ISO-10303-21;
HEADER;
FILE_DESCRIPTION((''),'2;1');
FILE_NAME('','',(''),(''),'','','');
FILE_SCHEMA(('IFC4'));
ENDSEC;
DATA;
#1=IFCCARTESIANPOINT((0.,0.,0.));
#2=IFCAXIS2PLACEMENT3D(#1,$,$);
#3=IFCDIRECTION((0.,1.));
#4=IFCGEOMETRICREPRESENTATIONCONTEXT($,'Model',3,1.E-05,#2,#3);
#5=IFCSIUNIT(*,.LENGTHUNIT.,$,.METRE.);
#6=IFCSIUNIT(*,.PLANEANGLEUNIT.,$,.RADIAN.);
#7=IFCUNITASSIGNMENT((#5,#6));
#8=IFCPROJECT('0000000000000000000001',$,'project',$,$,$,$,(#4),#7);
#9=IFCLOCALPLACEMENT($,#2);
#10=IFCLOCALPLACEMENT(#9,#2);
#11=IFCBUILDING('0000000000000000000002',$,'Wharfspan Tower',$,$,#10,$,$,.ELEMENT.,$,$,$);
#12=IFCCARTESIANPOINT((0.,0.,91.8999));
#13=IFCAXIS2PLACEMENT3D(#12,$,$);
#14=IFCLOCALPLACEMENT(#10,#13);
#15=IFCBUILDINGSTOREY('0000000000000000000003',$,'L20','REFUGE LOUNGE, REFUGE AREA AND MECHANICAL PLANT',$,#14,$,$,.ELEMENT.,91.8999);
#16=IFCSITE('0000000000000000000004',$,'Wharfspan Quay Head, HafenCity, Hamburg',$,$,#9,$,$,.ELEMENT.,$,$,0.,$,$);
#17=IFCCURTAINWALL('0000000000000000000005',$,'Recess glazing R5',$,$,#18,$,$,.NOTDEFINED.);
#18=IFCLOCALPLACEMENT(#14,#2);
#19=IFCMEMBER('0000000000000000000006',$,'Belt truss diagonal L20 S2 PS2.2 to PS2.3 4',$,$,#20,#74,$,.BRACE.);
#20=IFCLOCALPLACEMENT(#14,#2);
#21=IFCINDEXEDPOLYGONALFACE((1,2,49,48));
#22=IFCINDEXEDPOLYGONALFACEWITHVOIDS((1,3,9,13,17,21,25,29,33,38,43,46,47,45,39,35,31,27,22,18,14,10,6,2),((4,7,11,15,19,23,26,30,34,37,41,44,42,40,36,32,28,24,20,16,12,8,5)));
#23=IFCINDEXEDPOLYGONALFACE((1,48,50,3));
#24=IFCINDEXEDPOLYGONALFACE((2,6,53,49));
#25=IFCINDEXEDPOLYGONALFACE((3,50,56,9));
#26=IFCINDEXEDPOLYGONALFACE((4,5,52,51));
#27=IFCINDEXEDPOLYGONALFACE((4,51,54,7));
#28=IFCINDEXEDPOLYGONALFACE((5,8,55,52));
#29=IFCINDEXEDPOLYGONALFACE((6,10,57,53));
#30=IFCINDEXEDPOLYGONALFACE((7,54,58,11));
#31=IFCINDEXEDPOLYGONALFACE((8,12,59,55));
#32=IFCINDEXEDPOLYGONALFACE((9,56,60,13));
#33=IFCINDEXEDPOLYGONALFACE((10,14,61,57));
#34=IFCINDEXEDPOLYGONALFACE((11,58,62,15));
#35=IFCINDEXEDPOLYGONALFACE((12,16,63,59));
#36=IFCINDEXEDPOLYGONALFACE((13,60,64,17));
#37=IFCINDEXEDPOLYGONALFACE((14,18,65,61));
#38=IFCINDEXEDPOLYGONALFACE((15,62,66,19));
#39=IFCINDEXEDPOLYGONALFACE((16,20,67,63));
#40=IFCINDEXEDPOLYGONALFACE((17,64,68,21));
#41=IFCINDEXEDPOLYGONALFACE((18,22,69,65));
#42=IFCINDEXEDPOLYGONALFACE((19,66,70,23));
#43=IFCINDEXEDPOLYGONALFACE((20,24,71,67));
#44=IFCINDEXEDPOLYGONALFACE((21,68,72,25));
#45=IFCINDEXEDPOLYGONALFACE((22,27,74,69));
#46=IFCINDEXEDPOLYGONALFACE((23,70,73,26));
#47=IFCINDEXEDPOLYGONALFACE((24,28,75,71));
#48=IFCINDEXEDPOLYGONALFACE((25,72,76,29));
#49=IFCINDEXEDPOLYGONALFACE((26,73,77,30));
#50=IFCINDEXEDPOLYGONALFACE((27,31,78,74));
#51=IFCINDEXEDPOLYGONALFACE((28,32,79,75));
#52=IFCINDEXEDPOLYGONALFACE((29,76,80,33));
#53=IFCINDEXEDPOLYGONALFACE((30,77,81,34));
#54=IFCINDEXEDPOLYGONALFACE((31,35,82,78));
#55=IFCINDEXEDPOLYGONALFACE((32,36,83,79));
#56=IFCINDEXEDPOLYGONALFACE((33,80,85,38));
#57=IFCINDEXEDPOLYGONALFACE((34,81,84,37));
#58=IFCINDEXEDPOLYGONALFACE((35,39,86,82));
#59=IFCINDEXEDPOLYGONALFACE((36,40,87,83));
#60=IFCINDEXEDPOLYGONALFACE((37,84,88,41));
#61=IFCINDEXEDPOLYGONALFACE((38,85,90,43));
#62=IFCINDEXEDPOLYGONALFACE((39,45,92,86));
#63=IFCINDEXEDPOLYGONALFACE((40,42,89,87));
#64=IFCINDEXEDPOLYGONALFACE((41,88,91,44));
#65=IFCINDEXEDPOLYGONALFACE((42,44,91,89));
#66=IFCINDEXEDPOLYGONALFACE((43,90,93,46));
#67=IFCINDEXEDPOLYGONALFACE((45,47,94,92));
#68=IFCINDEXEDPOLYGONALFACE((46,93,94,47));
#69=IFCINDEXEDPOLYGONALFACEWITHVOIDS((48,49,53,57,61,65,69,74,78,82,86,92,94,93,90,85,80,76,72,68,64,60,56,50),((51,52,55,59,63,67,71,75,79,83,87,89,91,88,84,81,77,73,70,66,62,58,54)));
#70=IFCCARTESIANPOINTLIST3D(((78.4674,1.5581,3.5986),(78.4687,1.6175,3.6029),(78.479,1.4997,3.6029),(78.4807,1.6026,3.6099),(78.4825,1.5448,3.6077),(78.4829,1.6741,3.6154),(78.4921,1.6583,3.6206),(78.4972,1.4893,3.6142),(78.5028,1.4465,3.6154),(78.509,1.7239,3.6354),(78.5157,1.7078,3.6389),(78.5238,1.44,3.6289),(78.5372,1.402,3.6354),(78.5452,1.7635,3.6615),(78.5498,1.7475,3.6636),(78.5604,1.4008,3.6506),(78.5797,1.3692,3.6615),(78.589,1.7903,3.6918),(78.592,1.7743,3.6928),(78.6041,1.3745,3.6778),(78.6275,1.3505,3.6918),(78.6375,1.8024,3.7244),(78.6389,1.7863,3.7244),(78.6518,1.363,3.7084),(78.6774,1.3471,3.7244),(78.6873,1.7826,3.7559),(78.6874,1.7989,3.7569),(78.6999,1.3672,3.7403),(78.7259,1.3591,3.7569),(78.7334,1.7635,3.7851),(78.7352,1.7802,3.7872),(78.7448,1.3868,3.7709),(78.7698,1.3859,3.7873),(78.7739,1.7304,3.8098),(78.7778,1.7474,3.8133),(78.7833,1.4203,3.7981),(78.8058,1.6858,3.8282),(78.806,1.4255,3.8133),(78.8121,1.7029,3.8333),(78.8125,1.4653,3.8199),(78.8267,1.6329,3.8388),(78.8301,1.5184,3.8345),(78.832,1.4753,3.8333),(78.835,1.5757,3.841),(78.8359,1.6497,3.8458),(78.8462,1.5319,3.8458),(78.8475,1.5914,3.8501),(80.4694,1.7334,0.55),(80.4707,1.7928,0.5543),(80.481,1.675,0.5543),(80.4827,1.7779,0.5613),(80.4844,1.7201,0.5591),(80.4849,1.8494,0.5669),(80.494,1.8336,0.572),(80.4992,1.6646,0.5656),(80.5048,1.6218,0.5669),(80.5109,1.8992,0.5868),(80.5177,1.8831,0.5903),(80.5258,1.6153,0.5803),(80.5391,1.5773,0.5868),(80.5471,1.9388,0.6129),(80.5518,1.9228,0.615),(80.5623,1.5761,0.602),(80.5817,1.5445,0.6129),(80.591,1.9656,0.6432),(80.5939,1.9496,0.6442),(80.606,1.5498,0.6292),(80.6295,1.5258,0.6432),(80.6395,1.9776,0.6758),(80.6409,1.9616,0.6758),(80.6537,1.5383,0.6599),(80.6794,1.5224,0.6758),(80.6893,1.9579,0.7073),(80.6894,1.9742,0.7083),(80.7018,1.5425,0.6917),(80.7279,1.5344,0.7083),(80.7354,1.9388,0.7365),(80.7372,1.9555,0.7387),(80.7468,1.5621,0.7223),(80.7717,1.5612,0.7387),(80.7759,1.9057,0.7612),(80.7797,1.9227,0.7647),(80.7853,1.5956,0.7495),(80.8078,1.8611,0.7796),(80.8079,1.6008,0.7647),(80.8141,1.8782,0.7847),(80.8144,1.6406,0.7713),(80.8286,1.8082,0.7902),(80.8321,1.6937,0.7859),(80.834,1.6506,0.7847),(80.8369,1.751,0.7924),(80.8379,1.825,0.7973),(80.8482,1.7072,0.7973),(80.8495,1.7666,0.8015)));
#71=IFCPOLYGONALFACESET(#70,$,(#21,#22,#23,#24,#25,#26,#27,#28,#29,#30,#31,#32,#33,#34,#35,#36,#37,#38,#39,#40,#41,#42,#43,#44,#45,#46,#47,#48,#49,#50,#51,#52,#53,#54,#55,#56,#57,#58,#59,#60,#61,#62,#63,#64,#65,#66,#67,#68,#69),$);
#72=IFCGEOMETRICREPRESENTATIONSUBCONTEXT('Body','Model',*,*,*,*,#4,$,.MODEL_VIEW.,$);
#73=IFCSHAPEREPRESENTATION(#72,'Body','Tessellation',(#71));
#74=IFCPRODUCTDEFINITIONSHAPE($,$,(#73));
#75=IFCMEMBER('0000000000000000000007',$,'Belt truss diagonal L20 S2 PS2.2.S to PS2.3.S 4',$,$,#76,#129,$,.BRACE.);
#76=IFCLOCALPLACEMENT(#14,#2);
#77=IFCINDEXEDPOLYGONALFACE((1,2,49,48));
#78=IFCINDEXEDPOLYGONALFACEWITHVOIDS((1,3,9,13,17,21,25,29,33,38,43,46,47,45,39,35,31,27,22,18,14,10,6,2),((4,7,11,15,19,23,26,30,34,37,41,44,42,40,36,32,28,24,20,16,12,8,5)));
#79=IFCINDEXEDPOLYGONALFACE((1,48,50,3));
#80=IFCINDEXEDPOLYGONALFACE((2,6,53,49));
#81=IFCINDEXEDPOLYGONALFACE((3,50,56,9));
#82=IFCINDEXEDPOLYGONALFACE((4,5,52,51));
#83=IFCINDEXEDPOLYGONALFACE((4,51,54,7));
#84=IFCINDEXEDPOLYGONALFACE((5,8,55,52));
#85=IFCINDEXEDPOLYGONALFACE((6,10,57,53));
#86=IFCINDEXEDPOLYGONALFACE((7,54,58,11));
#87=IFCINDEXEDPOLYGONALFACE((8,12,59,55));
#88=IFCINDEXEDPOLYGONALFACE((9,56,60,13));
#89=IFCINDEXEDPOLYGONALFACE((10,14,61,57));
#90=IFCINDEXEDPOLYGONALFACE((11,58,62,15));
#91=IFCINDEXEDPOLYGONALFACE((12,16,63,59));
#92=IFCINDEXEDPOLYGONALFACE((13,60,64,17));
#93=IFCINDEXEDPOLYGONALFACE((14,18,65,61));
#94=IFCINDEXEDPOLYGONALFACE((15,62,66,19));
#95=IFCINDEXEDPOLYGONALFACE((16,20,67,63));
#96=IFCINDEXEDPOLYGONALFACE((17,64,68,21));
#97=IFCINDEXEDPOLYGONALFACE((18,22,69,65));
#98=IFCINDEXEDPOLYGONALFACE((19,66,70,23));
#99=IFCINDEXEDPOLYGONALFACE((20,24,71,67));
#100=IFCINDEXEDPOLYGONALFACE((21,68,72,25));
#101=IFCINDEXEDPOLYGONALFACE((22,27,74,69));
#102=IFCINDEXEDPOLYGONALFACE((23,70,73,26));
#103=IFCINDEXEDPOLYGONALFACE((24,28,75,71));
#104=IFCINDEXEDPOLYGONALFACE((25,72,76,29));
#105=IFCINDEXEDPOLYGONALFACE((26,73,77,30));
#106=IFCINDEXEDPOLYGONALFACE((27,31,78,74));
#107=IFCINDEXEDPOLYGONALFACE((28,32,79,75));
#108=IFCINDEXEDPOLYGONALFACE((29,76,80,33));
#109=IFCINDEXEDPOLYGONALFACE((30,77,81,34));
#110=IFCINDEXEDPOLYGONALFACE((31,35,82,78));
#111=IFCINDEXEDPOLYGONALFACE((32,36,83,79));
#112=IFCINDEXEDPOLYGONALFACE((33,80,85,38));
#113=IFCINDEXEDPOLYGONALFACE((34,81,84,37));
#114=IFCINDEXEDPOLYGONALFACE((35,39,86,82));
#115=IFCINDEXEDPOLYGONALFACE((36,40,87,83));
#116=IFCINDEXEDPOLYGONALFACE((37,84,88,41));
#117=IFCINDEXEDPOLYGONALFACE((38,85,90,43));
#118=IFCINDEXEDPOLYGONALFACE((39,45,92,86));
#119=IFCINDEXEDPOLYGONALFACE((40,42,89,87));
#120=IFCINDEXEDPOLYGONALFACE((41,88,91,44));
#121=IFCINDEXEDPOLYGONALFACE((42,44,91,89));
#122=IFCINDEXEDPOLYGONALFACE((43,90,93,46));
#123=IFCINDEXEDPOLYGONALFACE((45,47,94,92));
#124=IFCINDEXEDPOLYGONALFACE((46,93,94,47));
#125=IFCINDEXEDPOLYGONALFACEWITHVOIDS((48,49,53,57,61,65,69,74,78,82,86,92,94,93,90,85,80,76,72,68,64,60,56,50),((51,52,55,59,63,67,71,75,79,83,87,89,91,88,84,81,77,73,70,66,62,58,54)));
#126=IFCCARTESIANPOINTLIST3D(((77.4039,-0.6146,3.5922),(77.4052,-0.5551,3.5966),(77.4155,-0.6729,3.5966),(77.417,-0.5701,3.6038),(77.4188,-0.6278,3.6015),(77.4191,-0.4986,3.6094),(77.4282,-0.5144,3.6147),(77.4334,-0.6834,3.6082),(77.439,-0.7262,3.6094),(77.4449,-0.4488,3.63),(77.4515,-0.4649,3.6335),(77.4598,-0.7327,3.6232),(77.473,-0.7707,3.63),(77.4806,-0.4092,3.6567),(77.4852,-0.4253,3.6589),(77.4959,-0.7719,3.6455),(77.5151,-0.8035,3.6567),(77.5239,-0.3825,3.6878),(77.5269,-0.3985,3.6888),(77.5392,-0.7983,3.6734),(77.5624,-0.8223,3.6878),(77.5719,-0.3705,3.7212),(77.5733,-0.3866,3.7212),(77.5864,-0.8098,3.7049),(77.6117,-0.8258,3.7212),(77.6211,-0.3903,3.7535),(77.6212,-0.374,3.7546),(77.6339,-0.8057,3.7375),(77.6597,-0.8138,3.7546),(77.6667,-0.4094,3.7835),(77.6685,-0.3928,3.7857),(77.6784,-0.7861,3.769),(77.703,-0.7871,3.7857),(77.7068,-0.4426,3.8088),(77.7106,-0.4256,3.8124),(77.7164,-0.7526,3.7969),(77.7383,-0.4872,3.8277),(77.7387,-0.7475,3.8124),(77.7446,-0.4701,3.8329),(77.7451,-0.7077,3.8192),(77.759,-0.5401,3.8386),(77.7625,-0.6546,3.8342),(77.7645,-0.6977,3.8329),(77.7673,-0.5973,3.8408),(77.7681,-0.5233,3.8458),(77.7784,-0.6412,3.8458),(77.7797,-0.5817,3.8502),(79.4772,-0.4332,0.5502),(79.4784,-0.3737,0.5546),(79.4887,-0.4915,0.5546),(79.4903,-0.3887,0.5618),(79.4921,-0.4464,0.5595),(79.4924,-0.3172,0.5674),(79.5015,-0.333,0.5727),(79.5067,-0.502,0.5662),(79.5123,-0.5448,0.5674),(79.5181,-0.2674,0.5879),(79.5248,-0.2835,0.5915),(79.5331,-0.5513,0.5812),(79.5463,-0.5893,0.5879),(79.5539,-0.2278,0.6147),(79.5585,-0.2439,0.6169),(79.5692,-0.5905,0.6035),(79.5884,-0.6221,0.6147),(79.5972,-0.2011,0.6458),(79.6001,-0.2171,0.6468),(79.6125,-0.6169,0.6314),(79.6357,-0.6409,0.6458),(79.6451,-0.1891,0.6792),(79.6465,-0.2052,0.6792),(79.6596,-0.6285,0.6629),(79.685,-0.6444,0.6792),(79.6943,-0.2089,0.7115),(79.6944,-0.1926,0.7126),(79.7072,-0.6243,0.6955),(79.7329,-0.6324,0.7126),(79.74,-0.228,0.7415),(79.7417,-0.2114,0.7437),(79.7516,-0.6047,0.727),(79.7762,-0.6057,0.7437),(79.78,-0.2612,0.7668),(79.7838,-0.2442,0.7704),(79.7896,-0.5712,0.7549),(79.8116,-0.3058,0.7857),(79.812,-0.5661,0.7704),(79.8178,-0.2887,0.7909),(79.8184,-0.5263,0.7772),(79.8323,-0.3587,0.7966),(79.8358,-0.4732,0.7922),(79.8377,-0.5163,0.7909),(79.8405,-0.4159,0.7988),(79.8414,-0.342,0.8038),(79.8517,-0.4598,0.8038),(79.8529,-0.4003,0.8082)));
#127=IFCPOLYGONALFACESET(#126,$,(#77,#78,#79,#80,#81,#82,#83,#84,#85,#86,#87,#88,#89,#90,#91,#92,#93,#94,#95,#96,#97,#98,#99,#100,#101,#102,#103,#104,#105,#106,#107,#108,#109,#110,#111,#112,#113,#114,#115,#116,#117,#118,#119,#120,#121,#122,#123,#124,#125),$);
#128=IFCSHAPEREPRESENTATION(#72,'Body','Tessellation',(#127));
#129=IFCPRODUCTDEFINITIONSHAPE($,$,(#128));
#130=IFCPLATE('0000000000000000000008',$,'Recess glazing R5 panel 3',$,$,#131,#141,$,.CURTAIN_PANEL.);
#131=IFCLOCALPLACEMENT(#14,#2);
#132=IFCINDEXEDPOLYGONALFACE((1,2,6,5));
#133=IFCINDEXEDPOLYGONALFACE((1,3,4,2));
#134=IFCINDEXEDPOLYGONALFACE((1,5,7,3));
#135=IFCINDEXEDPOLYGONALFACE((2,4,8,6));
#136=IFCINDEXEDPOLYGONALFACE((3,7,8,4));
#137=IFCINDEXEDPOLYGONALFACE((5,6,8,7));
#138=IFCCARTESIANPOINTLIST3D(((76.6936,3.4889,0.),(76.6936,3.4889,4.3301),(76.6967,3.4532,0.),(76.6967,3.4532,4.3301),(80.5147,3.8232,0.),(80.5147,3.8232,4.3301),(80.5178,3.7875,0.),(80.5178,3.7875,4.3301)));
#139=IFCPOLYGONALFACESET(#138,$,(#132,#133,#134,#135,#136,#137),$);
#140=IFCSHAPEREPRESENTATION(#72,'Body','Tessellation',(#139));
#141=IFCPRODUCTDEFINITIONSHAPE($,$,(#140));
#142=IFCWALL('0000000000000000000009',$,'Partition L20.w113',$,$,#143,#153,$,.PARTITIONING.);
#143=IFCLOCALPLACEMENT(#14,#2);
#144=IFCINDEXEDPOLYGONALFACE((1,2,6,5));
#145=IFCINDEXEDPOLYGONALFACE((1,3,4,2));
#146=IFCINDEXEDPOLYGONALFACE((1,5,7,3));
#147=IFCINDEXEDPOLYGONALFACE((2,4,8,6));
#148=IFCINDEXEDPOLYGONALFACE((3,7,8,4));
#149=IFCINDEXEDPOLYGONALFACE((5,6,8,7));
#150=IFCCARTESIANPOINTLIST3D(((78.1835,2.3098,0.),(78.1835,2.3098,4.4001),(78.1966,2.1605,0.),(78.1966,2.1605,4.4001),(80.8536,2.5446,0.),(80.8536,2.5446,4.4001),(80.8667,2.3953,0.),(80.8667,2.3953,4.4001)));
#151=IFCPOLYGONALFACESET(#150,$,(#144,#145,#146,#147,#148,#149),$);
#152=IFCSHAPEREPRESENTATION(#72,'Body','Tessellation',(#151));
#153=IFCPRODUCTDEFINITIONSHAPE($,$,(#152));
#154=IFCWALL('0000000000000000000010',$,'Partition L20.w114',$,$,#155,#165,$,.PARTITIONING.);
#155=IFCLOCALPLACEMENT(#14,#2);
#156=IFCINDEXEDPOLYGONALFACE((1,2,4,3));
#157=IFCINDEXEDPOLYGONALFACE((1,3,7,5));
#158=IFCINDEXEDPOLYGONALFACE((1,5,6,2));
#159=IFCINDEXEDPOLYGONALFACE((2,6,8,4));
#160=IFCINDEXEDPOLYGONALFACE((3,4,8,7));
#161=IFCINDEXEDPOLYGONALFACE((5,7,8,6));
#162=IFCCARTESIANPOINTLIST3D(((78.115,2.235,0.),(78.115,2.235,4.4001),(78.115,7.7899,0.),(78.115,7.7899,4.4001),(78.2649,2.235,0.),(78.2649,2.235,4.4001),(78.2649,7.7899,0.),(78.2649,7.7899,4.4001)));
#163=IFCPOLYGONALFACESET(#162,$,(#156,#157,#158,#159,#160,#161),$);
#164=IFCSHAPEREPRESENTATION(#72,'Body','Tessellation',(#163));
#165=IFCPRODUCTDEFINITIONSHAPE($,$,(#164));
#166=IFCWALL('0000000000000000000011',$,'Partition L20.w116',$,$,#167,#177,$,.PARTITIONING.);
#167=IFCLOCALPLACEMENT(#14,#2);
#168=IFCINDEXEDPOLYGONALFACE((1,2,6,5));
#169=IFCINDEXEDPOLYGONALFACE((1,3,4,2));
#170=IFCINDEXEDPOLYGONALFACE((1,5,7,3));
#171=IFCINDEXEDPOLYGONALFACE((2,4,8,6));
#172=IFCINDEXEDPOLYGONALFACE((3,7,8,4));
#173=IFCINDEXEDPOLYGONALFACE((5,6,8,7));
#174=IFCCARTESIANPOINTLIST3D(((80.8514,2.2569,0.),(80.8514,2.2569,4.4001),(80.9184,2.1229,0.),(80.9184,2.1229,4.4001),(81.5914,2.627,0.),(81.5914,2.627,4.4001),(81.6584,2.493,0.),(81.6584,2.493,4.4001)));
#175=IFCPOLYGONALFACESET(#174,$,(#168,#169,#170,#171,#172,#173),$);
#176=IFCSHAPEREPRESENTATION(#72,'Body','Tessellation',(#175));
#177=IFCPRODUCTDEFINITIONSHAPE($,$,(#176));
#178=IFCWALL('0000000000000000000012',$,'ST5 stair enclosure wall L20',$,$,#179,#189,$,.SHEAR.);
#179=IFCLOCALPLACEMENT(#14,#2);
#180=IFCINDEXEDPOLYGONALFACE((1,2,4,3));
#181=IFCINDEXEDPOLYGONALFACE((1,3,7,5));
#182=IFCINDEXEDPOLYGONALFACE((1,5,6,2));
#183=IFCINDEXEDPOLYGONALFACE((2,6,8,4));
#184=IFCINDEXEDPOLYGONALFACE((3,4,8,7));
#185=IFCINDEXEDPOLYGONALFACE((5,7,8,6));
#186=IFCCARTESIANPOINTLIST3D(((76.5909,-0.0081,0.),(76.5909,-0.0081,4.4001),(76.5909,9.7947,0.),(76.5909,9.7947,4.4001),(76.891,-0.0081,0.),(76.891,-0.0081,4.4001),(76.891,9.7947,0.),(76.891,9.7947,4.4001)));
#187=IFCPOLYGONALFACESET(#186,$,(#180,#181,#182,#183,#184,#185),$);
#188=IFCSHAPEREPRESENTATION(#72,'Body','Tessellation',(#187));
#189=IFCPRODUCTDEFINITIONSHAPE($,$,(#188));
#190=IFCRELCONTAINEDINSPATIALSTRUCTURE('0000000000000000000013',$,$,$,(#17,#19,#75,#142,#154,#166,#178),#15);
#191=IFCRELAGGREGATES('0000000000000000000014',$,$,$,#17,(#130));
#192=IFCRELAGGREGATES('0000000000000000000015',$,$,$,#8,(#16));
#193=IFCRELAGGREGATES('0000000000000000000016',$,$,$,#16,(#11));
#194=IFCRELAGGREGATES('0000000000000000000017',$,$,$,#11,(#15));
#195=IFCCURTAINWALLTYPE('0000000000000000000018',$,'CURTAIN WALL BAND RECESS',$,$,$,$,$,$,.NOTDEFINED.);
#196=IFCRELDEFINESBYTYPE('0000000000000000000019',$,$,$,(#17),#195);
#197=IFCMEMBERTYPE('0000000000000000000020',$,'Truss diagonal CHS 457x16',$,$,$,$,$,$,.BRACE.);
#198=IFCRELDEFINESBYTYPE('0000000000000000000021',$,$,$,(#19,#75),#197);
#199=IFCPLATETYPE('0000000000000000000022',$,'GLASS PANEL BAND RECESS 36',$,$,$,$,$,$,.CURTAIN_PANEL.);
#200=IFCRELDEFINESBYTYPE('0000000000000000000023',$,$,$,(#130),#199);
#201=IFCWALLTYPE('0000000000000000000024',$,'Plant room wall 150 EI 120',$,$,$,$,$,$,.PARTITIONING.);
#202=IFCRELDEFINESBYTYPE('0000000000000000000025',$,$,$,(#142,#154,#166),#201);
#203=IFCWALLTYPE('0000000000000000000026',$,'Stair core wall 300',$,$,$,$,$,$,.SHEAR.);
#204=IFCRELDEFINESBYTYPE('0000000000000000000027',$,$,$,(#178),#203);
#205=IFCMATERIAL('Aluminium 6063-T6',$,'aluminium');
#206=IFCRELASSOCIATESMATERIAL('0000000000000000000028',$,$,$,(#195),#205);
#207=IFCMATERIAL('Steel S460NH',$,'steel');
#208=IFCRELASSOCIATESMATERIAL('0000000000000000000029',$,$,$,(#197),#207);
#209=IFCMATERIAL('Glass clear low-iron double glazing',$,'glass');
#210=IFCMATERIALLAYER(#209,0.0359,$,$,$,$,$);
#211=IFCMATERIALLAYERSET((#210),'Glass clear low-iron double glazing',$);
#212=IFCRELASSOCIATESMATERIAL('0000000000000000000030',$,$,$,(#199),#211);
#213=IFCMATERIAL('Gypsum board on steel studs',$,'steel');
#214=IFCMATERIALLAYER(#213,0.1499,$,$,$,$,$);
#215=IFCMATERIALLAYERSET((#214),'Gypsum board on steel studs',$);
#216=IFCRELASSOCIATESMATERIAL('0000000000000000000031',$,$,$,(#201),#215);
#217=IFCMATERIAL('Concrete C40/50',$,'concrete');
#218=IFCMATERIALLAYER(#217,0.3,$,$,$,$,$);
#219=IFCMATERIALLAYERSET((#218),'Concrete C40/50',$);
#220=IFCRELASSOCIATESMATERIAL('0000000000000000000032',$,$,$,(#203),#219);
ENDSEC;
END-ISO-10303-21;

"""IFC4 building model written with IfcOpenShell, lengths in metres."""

from ifc_helpers import new_model, si_unit, direction, frame, frame_2d, origin, origin_2d, place, context, subcontext, project, spatial, rectangle, hollow_circle, extrude, material, layer, layer_set, material_profile, profile_set, type_object, element, aggregate, save


model = new_model("IFC4")

# Units and contexts
model_context = context("Model", 3, precision=1e-05, world=origin(), true_north=direction((0.0, 1.0)))
body_context = subcontext(model_context, "Body", "Model", "MODEL_VIEW")
ifc_project = project(units=[si_unit("LENGTHUNIT", "METRE"), si_unit("PLANEANGLEUNIT", "RADIAN")], contexts=[model_context])

# Site, building, storey
site_placement = place(None, origin())
site = spatial("IfcSite", under=ifc_project, at=site_placement, Name="Wharfspan Quay Head, HafenCity, Hamburg", CompositionType="ELEMENT", RefElevation=0.0)
building_placement = place(site_placement, origin())
building = spatial("IfcBuilding", under=site, at=building_placement, Name="Wharfspan Tower", CompositionType="ELEMENT")
storey_placement = place(building_placement, frame((0.0, 0.0, 91.8999)))
storey = spatial("IfcBuildingStorey", under=building, at=storey_placement, Name="L20", Description="REFUGE LOUNGE, REFUGE AREA AND MECHANICAL PLANT", CompositionType="ELEMENT", Elevation=91.8999)

# Curtain wall
ifc_material_1 = material(Name="Aluminium 6063-T6", Category="aluminium")
curtain_wall_type = type_object("IfcCurtainWallType", Name="CURTAIN WALL BAND RECESS", PredefinedType="NOTDEFINED", material=ifc_material_1)
curtain_wall_placement = place(storey_placement, origin())
curtain_wall = element("IfcCurtainWall", 1, at=curtain_wall_placement, inside=storey, type_object=curtain_wall_type, Name="Recess glazing R5", PredefinedType="NOTDEFINED")

# Shared definitions
ifc_material_2 = material(Name="Steel S460NH", Category="steel")

# Members
ifc_material_profile_1 = material_profile(ifc_material_2, hollow_circle(Radius=0.2285, WallThickness=0.0161, at=origin_2d()))
ifc_profile_set_1 = profile_set([ifc_material_profile_1], Name="Steel S460NH")
member_type_1 = type_object("IfcMemberType", Name="Truss diagonal CHS 457x16", PredefinedType="BRACE", material=ifc_profile_set_1)
member_1_placement = place(storey_placement, frame((78.6575, 1.5747, 3.7244), z_axis=(0.548276, 0.048008, -0.834918), x_axis=(-0.087231, 0.996188, -0.000002)))
element("IfcMember", 2, at=member_1_placement, inside=storey, type_object=member_type_1, Name="Belt truss diagonal L20 S2 PS2.2 to PS2.3 4", PredefinedType="BRACE", context=body_context, shape_type="SweptSolid", body=[
    extrude(hollow_circle(Radius=0.2285, WallThickness=0.0161, at=origin_2d()), origin(), (0.0, 0.0, 1.0), 3.6514),
])
member_2_placement = place(storey_placement, frame((77.5918, -0.5981, 3.7212), z_axis=(0.562498, 0.049215, -0.825333), x_axis=(-0.087159, 0.996192, 0.000001)))
element("IfcMember", 3, at=member_2_placement, inside=storey, type_object=member_type_1, Name="Belt truss diagonal L20 S2 PS2.2.S to PS2.3.S 4", PredefinedType="BRACE", context=body_context, shape_type="SweptSolid", body=[
    extrude(hollow_circle(Radius=0.2285, WallThickness=0.0161, at=origin_2d()), origin(), (0.0, 0.0, 1.0), 3.6858),
])

# Plate
ifc_material_3 = material(Name="Glass clear low-iron double glazing", Category="glass")
ifc_layer_1 = layer(ifc_material_3, 0.0359)
ifc_layer_set_1 = layer_set([ifc_layer_1], Name="Glass clear low-iron double glazing")
plate_type = type_object("IfcPlateType", Name="GLASS PANEL BAND RECESS 36", PredefinedType="CURTAIN_PANEL", material=ifc_layer_set_1)
plate_placement = place(storey_placement, frame((78.6057, 3.6382, 0.0), z_axis=(0.0, 0.0, 1.0), x_axis=(-0.996198, -0.087156, 0.0)))
plate = element("IfcPlate", 4, at=plate_placement, type_object=plate_type, Name="Recess glazing R5 panel 3", PredefinedType="CURTAIN_PANEL", context=body_context, shape_type="SweptSolid", body=[
    extrude(rectangle(XDim=3.8357, YDim=0.0359, at=origin_2d()), origin(), (0.0, 0.0, 1.0), 4.3301),
])
aggregate(curtain_wall, [plate])

# Walls
ifc_material_4 = material(Name="Gypsum board on steel studs", Category="steel")
ifc_layer_2 = layer(ifc_material_4, 0.1499)
ifc_layer_set_2 = layer_set([ifc_layer_2], Name="Gypsum board on steel studs")
wall_type_1 = type_object("IfcWallType", Name="Plant room wall 150 EI 120", PredefinedType="PARTITIONING", material=ifc_layer_set_2)
wall_1_placement = place(storey_placement, frame((78.1899, 2.2351, 0.0), z_axis=(0.0, 0.0, 1.0), x_axis=(0.996154, 0.08762, 0.0)))
element("IfcWall", 5, at=wall_1_placement, inside=storey, type_object=wall_type_1, Name="Partition L20.w113", PredefinedType="PARTITIONING", context=body_context, shape_type="SweptSolid", body=[
    extrude(rectangle(XDim=2.6804, YDim=0.1499, at=frame_2d((1.3403, 0.0))), origin(), (0.0, 0.0, 1.0), 4.4001),
])
wall_2_placement = place(storey_placement, frame((78.1899, 2.2351, 0.0), z_axis=(0.0, 0.0, 1.0), x_axis=(0.0, 1.0, 0.0)))
element("IfcWall", 6, at=wall_2_placement, inside=storey, type_object=wall_type_1, Name="Partition L20.w114", PredefinedType="PARTITIONING", context=body_context, shape_type="SweptSolid", body=[
    extrude(rectangle(XDim=5.5549, YDim=0.1499, at=frame_2d((2.7773, 0.0))), origin(), (0.0, 0.0, 1.0), 4.4001),
])
wall_3_placement = place(storey_placement, frame((80.885, 2.1899, 0.0), z_axis=(0.0, 0.0, 1.0), x_axis=(0.894365, 0.44733, 0.0)))
element("IfcWall", 7, at=wall_3_placement, inside=storey, type_object=wall_type_1, Name="Partition L20.w116", PredefinedType="PARTITIONING", context=body_context, shape_type="SweptSolid", body=[
    extrude(rectangle(XDim=0.8274, YDim=0.1499, at=frame_2d((0.4136, 0.0))), origin(), (0.0, 0.0, 1.0), 4.4001),
])
ifc_material_5 = material(Name="Concrete C40/50", Category="concrete")
ifc_layer_3 = layer(ifc_material_5, 0.3)
ifc_layer_set_3 = layer_set([ifc_layer_3], Name="Concrete C40/50")
wall_type_2 = type_object("IfcWallType", Name="Stair core wall 300", PredefinedType="SHEAR", material=ifc_layer_set_3)
wall_4_placement = place(storey_placement, frame((76.741, -0.0081, 0.0), z_axis=(0.0, 0.0, 1.0), x_axis=(0.0, 1.0, 0.0)))
element("IfcWall", 8, at=wall_4_placement, inside=storey, type_object=wall_type_2, Name="ST5 stair enclosure wall L20", PredefinedType="SHEAR", context=body_context, shape_type="SweptSolid", body=[
    extrude(rectangle(XDim=9.8027, YDim=0.3, at=frame_2d((4.9014, 0.0))), origin(), (0.0, 0.0, 1.0), 4.4001),
])

save(model, "model.ifc")
